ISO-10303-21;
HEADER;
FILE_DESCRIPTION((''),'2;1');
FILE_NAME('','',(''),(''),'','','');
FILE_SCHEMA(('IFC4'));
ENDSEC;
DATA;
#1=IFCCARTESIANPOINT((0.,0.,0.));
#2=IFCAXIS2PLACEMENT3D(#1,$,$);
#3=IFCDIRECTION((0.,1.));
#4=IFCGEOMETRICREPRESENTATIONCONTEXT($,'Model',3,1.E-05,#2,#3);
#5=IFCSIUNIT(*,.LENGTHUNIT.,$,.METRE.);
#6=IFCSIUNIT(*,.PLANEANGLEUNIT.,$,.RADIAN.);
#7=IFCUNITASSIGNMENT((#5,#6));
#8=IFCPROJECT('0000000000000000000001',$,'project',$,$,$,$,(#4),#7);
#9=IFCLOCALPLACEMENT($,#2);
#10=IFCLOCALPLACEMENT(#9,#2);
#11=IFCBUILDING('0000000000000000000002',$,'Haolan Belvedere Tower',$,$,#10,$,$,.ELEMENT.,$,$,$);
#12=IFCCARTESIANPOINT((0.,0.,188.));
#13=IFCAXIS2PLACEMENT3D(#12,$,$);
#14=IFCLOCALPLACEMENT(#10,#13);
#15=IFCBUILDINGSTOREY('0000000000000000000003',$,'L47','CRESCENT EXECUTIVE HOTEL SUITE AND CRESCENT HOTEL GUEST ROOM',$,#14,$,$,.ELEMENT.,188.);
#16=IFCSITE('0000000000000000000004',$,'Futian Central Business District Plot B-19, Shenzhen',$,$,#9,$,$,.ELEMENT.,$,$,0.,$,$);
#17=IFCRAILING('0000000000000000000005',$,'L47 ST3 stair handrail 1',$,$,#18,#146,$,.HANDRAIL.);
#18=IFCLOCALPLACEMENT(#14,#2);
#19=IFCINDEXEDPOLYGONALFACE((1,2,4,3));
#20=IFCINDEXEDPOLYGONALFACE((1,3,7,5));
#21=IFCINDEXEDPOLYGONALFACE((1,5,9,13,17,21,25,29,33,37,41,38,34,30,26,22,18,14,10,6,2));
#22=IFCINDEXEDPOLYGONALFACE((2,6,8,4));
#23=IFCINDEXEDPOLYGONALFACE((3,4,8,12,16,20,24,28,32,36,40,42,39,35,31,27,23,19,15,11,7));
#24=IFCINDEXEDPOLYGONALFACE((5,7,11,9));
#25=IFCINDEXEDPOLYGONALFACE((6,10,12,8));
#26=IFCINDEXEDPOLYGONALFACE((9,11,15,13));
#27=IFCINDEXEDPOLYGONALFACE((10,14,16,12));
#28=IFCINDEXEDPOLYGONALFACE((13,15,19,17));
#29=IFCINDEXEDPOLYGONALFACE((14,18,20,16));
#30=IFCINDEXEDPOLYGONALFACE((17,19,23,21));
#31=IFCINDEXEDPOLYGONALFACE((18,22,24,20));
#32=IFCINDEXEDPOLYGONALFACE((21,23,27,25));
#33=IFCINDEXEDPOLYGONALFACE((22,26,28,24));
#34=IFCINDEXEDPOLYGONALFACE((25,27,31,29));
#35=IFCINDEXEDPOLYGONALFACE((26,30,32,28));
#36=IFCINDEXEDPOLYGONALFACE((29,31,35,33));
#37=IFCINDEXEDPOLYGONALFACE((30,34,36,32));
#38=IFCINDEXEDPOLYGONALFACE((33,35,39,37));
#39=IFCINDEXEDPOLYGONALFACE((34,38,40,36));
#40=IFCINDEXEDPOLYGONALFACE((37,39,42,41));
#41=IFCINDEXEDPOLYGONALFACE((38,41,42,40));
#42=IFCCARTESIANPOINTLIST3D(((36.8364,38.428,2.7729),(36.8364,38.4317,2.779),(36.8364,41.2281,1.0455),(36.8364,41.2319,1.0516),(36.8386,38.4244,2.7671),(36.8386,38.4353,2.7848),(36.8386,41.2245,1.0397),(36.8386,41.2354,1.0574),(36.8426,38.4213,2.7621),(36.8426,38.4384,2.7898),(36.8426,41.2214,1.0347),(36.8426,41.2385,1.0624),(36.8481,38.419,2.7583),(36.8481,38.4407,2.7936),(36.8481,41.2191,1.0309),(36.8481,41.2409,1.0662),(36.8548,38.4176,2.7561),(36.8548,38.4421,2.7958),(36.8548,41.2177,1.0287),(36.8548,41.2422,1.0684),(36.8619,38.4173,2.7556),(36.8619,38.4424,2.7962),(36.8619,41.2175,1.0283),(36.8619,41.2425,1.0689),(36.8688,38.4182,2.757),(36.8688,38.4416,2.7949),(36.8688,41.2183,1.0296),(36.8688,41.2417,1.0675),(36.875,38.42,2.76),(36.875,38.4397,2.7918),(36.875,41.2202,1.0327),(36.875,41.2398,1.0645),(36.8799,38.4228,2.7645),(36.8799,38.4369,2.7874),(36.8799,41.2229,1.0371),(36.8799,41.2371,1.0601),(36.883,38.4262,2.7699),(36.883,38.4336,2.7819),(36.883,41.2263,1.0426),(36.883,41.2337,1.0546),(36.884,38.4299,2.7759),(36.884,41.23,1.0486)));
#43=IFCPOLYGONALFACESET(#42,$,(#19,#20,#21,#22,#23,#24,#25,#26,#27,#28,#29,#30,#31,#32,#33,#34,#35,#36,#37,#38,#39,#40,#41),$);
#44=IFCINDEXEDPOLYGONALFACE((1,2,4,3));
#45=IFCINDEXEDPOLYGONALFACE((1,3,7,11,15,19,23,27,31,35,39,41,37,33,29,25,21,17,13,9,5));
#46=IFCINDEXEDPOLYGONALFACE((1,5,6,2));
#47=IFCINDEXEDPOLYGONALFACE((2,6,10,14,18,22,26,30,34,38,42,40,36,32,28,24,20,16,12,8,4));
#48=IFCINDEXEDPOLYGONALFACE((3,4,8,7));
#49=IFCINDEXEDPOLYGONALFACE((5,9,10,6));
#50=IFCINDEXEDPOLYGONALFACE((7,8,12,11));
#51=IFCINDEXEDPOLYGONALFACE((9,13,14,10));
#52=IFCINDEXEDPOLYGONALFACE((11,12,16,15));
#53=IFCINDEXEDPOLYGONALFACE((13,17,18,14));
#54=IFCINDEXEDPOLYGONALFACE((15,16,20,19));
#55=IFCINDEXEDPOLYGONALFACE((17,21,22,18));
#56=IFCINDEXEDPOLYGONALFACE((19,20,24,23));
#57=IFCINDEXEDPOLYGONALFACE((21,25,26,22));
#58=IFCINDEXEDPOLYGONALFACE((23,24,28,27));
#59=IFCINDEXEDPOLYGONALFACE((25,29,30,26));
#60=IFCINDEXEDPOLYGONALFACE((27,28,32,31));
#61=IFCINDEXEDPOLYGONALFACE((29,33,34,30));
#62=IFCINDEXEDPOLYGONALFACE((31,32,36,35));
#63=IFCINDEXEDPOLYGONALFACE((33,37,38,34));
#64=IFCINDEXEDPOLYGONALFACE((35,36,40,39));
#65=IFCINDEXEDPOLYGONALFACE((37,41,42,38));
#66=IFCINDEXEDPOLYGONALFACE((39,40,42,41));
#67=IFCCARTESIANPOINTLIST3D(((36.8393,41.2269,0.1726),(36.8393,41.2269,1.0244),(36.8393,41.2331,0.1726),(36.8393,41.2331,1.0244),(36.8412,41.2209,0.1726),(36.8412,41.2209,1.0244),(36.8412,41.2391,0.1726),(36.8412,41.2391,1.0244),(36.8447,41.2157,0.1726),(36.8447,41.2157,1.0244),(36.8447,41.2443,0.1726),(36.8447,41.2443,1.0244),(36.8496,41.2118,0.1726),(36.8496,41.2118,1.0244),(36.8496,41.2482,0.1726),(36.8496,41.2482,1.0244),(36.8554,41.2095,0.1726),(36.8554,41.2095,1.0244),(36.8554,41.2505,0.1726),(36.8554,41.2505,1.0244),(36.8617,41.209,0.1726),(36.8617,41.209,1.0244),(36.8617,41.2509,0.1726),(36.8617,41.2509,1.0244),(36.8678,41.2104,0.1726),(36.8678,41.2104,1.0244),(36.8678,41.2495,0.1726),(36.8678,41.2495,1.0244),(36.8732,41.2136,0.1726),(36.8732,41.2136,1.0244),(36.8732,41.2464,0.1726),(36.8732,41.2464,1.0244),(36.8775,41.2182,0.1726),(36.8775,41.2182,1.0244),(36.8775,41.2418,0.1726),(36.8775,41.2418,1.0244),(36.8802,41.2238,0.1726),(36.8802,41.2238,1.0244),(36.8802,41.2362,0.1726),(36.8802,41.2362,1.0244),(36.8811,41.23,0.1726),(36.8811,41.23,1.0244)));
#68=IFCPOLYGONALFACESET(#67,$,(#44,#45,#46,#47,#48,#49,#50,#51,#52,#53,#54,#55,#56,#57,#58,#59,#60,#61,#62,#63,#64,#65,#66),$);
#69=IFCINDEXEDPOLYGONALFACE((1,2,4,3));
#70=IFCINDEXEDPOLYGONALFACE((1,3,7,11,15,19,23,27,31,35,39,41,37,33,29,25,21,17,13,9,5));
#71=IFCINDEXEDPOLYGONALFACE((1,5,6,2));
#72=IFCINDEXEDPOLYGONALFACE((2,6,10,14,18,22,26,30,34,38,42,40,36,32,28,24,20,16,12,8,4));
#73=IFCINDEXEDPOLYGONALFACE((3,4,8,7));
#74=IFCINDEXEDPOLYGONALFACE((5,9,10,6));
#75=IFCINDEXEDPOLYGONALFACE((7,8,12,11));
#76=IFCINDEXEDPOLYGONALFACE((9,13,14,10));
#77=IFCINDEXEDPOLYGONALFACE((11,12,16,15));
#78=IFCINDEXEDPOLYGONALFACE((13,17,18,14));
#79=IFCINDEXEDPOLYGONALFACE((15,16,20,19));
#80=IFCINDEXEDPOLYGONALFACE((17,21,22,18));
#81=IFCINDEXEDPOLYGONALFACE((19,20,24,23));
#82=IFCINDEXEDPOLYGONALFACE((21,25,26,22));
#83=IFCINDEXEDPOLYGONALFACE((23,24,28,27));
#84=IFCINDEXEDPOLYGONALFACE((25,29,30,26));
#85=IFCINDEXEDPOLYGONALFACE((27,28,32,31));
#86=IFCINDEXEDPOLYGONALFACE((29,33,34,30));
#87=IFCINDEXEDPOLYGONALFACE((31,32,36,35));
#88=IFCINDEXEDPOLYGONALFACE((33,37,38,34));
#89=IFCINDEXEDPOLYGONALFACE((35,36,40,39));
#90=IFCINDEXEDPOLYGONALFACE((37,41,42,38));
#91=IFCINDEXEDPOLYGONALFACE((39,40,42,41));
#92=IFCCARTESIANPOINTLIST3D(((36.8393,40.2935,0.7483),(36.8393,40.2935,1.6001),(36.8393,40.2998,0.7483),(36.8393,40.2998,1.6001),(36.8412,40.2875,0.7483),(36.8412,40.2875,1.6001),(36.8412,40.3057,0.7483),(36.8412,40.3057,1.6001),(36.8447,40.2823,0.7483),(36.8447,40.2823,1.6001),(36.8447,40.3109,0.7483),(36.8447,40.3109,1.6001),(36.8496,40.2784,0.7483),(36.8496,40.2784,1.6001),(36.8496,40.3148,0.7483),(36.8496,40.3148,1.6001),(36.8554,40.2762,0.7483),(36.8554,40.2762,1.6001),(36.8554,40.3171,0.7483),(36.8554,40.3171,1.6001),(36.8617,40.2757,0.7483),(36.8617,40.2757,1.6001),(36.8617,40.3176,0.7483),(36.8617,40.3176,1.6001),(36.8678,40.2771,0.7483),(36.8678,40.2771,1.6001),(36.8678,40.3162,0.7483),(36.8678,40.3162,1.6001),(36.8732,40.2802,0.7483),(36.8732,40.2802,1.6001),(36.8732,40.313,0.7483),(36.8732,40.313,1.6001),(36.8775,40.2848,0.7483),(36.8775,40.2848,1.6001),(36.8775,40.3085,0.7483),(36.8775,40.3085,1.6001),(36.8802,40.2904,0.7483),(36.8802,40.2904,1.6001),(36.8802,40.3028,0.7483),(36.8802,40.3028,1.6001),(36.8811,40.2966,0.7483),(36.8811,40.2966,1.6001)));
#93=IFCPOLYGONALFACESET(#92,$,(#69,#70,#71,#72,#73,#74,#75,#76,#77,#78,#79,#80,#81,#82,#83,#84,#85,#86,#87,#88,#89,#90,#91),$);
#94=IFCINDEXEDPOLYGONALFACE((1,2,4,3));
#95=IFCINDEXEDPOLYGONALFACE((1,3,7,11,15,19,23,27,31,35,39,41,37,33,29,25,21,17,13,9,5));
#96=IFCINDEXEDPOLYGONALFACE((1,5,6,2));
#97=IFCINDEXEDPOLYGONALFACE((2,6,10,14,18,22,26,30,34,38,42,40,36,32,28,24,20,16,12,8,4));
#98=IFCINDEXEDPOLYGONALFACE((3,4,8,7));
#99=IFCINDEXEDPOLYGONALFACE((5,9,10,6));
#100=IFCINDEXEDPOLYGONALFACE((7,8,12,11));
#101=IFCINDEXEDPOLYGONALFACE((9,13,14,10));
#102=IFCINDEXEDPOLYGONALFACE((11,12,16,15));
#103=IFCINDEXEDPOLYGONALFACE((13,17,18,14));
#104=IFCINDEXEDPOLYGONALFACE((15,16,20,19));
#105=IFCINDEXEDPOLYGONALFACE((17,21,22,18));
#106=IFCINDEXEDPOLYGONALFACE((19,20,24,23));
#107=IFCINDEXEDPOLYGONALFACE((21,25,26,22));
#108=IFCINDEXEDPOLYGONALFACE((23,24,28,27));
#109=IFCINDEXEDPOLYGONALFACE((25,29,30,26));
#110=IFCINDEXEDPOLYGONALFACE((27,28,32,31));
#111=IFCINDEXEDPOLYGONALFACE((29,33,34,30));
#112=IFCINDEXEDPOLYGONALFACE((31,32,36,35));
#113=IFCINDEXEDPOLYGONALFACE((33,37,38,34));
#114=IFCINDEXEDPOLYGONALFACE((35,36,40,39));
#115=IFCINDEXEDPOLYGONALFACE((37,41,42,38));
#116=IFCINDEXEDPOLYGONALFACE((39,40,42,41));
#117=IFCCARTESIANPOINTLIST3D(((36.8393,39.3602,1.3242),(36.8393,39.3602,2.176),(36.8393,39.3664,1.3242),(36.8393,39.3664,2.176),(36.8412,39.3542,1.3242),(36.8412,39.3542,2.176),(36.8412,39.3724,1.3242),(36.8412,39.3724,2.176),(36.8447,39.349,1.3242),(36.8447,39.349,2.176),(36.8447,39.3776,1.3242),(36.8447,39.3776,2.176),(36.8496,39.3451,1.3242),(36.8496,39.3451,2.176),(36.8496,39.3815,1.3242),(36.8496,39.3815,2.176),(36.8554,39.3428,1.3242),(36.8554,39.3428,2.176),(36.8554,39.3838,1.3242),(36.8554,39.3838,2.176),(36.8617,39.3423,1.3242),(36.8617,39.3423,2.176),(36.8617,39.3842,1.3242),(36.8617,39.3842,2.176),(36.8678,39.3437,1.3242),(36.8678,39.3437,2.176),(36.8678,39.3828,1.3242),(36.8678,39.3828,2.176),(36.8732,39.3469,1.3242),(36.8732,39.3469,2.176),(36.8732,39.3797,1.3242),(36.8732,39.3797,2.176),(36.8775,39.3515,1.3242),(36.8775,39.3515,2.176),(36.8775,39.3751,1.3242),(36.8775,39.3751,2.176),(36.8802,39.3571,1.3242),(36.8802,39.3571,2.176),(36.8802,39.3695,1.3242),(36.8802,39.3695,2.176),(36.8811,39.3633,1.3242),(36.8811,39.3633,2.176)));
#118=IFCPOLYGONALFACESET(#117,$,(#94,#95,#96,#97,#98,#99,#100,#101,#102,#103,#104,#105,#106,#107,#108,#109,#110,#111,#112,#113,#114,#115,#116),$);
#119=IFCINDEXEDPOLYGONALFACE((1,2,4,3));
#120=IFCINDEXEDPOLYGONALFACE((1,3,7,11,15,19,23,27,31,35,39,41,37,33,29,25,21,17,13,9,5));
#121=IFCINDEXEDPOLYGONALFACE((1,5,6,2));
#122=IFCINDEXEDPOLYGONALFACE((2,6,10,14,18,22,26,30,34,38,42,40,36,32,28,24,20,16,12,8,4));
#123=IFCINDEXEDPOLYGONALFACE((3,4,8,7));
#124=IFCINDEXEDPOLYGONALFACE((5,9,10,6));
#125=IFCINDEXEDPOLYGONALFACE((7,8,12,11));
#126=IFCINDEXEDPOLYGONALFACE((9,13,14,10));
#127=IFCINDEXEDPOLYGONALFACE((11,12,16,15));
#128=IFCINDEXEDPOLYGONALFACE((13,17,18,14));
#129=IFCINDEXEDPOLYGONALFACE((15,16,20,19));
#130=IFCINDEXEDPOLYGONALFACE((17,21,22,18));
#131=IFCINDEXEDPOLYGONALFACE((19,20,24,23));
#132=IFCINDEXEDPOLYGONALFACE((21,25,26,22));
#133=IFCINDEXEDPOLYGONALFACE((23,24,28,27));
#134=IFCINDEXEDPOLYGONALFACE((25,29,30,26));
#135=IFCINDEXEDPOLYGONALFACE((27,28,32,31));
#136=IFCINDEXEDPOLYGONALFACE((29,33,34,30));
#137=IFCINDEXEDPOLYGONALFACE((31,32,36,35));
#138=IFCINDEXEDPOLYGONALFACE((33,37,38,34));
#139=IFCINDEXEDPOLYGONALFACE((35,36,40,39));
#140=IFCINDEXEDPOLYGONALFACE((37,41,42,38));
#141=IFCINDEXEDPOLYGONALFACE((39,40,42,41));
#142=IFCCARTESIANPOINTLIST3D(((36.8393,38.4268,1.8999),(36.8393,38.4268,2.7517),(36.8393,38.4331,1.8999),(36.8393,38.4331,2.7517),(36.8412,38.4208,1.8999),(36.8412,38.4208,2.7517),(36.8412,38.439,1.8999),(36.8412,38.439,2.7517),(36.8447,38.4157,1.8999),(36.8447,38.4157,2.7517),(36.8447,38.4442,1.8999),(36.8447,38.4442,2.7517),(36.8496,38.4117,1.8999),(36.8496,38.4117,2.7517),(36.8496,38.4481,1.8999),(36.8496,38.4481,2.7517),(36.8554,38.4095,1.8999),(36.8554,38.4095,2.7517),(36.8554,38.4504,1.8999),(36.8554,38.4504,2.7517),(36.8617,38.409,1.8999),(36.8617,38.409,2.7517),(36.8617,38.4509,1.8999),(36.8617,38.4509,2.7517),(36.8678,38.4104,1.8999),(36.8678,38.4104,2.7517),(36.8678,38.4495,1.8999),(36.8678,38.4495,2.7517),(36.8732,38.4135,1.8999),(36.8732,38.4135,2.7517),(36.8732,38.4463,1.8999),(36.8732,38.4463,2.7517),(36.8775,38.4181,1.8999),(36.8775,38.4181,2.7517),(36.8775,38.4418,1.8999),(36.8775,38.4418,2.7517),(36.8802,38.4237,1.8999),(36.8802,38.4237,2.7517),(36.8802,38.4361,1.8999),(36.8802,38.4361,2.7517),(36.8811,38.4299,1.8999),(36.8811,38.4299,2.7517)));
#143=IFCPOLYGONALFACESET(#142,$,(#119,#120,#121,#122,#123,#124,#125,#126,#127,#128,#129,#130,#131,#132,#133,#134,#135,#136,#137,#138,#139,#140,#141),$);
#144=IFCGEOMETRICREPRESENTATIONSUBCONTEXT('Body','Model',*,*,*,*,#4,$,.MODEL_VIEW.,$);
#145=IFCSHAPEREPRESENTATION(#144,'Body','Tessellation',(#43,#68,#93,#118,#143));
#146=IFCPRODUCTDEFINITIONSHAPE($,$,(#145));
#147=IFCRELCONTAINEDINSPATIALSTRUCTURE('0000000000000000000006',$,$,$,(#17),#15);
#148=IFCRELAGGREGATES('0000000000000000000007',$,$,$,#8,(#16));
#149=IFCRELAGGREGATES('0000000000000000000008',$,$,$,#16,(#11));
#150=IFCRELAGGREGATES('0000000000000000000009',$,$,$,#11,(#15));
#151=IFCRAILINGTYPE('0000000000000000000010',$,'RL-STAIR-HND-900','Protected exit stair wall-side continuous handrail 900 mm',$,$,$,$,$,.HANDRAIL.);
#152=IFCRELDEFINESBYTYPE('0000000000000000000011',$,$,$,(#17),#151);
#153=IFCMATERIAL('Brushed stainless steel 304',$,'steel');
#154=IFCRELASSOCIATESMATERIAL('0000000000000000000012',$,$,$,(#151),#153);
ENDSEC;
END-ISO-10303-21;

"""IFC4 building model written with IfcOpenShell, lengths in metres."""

from ifc_helpers import new_model, si_unit, direction, frame, origin, origin_2d, place, context, subcontext, project, spatial, circle, extrude, material, type_object, element, save


model = new_model("IFC4")

# Units and contexts
model_context = context("Model", 3, precision=1e-05, world=origin(), true_north=direction((0.0, 1.0)))
body_context = subcontext(model_context, "Body", "Model", "MODEL_VIEW")
ifc_project = project(units=[si_unit("LENGTHUNIT", "METRE"), si_unit("PLANEANGLEUNIT", "RADIAN")], contexts=[model_context])

# Site, building, storey
site_placement = place(None, origin())
site = spatial("IfcSite", under=ifc_project, at=site_placement, Name="Futian Central Business District Plot B-19, Shenzhen", CompositionType="ELEMENT", RefElevation=0.0)
building_placement = place(site_placement, origin())
building = spatial("IfcBuilding", under=site, at=building_placement, Name="Haolan Belvedere Tower", CompositionType="ELEMENT")
storey_placement = place(building_placement, frame((0.0, 0.0, 188.0)))
storey = spatial("IfcBuildingStorey", under=building, at=storey_placement, Name="L47", Description="CRESCENT EXECUTIVE HOTEL SUITE AND CRESCENT HOTEL GUEST ROOM", CompositionType="ELEMENT", Elevation=188.0)

# Railing
ifc_material_1 = material(Name="Brushed stainless steel 304", Category="steel")
railing_type_1 = type_object("IfcRailingType", Name="RL-STAIR-HND-900", Description="Protected exit stair wall-side continuous handrail 900 mm", PredefinedType="HANDRAIL", material=ifc_material_1)
railing_1_placement = place(storey_placement, frame((36.8601, 41.23, 0.1726)))
element("IfcRailing", 1, at=railing_1_placement, inside=storey, type_object=railing_type_1, Name="L47 ST3 stair handrail 1", PredefinedType="HANDRAIL", context=body_context, shape_type="SweptSolid", body=[
    extrude(circle(Radius=0.0239, at=origin_2d()), frame((0.0, 0.0, 0.876), z_axis=(0.0, -0.85109, 0.52502), x_axis=(1.0, 0.0, 0.0)), (0.0, 0.0, 1.0), 3.29),
    extrude(circle(Radius=0.021, at=origin_2d()), origin(), (0.0, 0.0, 1.0), 0.8518),
    extrude(circle(Radius=0.021, at=origin_2d()), frame((0.0, -0.9333, 0.5757)), (0.0, 0.0, 1.0), 0.8518),
    extrude(circle(Radius=0.021, at=origin_2d()), frame((0.0, -1.8667, 1.1516)), (0.0, 0.0, 1.0), 0.8518),
    extrude(circle(Radius=0.021, at=origin_2d()), frame((0.0, -2.8, 1.7273)), (0.0, 0.0, 1.0), 0.8518),
])

save(model, "model.ifc")
